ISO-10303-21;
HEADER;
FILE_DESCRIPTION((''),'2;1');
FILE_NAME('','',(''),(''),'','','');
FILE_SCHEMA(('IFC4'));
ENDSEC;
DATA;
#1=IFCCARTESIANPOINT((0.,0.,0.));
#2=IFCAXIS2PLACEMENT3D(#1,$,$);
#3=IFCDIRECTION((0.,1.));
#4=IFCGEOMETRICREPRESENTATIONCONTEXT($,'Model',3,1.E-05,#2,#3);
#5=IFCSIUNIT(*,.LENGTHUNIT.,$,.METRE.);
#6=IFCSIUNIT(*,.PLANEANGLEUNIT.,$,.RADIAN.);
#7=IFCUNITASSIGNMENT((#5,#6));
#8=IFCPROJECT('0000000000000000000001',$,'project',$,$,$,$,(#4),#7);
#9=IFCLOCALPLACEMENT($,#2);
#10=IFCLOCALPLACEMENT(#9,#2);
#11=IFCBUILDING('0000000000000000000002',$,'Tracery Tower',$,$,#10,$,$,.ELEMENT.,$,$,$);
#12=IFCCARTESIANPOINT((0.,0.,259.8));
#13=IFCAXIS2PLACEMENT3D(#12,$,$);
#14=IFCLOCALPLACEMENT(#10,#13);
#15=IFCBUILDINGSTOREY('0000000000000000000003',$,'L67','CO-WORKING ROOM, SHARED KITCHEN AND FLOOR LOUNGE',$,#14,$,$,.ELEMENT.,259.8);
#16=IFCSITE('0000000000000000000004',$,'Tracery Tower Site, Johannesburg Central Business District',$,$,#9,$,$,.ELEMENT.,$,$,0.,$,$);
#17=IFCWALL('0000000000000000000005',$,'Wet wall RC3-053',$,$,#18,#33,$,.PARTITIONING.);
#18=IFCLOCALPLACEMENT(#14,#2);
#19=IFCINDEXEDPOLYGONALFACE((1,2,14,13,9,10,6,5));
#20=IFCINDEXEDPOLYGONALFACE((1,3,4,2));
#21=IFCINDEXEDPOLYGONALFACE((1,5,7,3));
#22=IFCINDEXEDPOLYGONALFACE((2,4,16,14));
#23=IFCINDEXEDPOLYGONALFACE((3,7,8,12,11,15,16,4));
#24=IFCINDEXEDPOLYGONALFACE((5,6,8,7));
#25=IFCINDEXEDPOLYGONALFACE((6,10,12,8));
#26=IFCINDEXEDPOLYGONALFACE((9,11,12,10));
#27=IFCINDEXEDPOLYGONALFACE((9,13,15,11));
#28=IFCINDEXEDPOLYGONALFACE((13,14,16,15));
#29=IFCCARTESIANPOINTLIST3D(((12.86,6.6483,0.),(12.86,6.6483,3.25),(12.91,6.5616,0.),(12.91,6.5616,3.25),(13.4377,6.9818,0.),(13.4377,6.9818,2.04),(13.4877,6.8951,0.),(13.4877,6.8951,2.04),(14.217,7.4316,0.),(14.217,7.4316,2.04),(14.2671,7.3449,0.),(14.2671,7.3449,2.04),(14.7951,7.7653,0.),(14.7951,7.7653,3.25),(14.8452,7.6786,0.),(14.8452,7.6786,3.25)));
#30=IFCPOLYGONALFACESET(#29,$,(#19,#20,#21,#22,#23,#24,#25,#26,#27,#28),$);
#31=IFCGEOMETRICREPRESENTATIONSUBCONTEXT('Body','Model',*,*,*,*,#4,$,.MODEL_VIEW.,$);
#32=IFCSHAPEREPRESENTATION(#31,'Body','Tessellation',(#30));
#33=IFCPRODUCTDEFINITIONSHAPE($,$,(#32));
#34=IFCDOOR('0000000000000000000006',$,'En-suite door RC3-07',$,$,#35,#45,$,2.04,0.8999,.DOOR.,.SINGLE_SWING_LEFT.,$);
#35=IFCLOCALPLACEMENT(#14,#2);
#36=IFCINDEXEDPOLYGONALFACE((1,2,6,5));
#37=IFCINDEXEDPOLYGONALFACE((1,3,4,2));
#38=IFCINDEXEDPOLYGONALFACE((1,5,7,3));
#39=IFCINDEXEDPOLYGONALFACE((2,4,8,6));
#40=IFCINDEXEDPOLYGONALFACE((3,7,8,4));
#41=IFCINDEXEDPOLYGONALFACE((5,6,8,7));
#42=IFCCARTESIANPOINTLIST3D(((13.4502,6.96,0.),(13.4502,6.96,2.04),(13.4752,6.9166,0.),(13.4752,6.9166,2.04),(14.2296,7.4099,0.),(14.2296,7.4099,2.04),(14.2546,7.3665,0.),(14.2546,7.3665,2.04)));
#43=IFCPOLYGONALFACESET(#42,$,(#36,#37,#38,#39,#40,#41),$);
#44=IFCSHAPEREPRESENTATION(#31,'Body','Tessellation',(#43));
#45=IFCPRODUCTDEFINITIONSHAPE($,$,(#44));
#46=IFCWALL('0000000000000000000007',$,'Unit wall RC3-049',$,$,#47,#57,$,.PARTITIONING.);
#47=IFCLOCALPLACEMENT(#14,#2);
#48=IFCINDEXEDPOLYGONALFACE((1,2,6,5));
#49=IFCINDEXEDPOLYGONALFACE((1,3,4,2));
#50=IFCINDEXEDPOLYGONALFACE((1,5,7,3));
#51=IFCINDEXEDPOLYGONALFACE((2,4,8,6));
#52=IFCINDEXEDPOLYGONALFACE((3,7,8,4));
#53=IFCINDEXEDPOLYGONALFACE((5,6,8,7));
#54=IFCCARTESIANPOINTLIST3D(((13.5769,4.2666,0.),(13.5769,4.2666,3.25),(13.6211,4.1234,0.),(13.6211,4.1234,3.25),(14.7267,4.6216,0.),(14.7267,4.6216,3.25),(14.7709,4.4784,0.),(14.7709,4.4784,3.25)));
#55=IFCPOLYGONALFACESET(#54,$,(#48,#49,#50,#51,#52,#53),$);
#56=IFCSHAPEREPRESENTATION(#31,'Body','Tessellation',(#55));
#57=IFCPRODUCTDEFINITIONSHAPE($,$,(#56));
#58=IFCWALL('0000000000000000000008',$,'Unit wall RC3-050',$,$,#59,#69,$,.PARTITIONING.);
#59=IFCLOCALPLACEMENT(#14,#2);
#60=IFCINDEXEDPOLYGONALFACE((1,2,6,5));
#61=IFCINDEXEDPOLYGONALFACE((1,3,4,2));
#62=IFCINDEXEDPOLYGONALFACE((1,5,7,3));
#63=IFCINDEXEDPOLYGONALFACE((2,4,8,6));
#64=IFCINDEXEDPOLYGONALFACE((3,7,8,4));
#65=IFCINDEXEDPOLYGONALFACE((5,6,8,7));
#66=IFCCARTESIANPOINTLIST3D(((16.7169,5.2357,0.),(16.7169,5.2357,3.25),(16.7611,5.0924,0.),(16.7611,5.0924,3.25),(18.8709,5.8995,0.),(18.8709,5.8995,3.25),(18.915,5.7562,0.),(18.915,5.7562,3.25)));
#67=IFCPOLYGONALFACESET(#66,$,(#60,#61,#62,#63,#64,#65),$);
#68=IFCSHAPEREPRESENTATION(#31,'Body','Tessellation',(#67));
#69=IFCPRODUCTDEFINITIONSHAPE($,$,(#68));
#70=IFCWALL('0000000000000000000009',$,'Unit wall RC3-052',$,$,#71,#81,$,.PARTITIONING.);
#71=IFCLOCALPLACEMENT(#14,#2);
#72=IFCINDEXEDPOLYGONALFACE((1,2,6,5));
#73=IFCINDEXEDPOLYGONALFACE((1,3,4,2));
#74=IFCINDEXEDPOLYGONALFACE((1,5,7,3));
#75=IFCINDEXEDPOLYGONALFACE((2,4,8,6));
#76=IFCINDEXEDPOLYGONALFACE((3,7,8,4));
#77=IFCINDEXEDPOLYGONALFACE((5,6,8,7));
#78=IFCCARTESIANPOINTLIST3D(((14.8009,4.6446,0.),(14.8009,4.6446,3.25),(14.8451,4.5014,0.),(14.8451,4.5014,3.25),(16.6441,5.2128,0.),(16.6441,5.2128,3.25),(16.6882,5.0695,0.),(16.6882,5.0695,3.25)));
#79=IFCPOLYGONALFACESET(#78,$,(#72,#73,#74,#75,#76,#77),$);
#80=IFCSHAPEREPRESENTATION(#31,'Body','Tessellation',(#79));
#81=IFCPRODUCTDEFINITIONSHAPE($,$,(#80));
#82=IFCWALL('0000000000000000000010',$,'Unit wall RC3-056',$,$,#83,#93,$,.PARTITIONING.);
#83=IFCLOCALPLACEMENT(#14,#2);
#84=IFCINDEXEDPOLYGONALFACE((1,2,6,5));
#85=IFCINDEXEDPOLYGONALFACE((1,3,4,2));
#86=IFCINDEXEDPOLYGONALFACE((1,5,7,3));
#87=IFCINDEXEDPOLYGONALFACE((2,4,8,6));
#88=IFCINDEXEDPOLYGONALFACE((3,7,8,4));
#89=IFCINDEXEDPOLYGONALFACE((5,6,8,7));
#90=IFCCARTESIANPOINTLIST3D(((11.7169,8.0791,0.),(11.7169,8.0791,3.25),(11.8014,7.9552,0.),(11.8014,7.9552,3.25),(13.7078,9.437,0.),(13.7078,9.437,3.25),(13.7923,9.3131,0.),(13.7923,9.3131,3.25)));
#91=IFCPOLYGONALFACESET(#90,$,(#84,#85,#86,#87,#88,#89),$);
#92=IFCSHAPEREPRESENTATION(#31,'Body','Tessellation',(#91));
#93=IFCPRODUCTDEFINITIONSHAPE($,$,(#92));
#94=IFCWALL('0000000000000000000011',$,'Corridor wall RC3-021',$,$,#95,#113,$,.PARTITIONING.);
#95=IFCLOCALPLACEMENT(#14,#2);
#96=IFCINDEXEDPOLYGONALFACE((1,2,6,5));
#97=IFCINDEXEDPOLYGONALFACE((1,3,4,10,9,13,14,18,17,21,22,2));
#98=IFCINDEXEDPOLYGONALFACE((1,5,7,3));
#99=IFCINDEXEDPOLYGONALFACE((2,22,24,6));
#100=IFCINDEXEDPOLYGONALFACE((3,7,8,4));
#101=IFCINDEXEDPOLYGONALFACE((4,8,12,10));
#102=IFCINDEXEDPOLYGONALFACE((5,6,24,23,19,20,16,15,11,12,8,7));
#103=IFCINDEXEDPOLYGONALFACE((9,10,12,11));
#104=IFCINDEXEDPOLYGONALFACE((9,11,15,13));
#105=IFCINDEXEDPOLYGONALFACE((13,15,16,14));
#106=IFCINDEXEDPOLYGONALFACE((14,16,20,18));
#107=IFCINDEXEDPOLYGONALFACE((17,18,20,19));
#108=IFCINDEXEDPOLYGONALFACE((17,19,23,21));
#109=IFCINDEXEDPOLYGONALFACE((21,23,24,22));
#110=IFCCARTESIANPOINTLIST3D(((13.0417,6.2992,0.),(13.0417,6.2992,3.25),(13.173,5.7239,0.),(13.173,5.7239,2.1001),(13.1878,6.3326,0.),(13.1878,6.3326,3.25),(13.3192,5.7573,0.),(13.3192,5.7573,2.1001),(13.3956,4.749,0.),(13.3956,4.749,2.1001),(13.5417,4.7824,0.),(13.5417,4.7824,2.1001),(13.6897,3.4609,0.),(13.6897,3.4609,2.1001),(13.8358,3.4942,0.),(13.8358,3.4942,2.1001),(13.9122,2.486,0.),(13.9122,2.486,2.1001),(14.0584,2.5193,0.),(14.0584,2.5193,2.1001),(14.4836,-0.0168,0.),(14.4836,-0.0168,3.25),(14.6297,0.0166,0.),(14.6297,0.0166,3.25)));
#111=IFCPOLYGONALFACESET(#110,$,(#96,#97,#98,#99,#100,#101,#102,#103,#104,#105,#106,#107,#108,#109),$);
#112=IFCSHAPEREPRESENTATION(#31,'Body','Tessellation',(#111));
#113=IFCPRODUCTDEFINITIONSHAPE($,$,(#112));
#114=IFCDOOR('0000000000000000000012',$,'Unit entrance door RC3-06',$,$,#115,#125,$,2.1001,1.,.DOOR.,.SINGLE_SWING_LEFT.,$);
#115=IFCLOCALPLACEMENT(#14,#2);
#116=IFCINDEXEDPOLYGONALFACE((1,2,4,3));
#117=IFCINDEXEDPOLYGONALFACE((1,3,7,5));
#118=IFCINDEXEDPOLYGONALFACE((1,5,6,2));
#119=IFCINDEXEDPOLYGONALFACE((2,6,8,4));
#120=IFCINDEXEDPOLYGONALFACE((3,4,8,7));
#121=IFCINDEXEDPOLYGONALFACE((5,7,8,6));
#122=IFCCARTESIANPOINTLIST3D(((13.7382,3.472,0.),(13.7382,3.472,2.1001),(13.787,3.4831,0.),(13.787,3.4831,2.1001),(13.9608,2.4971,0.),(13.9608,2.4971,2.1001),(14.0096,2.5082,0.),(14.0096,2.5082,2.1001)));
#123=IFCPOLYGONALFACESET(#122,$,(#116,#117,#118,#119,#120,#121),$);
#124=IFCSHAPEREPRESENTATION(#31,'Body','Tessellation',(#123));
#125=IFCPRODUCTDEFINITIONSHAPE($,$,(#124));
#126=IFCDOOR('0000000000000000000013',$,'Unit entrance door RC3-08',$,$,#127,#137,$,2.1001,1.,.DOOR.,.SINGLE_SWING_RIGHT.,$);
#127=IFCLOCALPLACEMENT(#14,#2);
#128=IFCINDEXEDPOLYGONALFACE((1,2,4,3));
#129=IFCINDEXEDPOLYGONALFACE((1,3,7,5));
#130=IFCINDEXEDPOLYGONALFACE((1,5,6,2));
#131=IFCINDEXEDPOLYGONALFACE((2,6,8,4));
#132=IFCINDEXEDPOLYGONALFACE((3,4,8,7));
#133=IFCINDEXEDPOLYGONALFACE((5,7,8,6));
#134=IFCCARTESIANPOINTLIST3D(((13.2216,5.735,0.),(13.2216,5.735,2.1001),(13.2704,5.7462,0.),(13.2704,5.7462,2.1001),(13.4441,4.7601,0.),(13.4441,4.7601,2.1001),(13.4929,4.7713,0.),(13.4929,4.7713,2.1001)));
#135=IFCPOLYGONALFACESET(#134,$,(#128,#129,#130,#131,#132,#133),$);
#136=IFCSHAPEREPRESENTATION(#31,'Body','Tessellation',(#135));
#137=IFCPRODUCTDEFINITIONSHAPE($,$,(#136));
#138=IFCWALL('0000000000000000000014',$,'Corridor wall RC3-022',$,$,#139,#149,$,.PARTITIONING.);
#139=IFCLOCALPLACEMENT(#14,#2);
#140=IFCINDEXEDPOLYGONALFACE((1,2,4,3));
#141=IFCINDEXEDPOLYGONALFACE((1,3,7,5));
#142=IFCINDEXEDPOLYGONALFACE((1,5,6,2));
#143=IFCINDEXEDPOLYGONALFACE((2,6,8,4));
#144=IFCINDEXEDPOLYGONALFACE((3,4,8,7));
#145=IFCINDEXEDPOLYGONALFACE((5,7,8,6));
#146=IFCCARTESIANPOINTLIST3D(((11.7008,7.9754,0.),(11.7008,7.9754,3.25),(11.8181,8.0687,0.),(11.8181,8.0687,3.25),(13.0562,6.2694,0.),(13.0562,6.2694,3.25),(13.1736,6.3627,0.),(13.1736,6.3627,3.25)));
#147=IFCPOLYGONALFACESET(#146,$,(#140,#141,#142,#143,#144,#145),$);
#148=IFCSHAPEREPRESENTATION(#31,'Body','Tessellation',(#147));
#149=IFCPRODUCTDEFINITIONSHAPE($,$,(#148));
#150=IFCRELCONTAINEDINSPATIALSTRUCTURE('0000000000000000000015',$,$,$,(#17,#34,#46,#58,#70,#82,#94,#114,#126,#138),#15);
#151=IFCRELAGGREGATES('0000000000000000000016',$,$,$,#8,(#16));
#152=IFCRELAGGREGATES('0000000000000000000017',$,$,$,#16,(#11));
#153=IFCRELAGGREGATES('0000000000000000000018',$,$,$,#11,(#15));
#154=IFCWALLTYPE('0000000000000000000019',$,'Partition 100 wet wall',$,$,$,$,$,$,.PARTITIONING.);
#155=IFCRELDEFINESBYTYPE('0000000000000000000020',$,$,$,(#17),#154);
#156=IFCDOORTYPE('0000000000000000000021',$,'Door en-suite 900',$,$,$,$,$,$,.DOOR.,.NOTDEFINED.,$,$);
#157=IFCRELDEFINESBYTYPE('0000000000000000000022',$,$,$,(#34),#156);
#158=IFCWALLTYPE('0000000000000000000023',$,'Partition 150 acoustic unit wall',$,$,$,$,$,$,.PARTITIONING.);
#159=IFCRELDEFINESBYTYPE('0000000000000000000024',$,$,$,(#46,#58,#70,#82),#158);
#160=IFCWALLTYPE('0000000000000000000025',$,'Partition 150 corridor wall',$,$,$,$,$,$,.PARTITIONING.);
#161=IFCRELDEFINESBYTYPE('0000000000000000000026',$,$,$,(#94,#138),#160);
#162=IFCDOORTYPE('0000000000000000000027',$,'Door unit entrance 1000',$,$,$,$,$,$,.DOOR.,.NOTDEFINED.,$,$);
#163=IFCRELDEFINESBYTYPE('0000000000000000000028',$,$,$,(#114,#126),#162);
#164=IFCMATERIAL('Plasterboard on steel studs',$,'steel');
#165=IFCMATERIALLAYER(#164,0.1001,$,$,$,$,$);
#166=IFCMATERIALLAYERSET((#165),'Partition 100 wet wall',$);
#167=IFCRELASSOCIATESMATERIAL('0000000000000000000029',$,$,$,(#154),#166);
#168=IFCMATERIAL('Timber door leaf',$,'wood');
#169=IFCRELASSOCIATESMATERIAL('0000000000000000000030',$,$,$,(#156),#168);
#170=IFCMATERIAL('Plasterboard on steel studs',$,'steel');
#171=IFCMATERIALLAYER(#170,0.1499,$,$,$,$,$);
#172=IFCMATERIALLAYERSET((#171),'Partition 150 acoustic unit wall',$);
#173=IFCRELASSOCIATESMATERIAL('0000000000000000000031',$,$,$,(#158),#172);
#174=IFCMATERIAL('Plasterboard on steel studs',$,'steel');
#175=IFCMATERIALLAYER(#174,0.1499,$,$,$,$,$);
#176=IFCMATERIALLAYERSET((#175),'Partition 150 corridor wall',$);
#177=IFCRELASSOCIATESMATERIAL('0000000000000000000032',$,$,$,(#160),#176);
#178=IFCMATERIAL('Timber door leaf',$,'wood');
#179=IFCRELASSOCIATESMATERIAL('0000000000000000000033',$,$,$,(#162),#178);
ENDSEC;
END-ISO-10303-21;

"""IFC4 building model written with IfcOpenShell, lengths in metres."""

from ifc_helpers import new_model, si_unit, direction, frame, frame_2d, origin, place, context, subcontext, project, spatial, rectangle, extrude, material, layer, layer_set, type_object, element, fill, save


model = new_model("IFC4")

# Units and contexts
model_context = context("Model", 3, precision=1e-05, world=origin(), true_north=direction((0.0, 1.0)))
body_context = subcontext(model_context, "Body", "Model", "MODEL_VIEW")
ifc_project = project(units=[si_unit("LENGTHUNIT", "METRE"), si_unit("PLANEANGLEUNIT", "RADIAN")], contexts=[model_context])

# Site, building, storey
site_placement = place(None, origin())
site = spatial("IfcSite", under=ifc_project, at=site_placement, Name="Tracery Tower Site, Johannesburg Central Business District", CompositionType="ELEMENT", RefElevation=0.0)
building_placement = place(site_placement, origin())
building = spatial("IfcBuilding", under=site, at=building_placement, Name="Tracery Tower", CompositionType="ELEMENT")
storey_placement = place(building_placement, frame((0.0, 0.0, 259.8)))
storey = spatial("IfcBuildingStorey", under=building, at=storey_placement, Name="L67", Description="CO-WORKING ROOM, SHARED KITCHEN AND FLOOR LOUNGE", CompositionType="ELEMENT", Elevation=259.8)

# Shared definitions
ifc_material_1 = material(Name="Plasterboard on steel studs", Category="steel")
ifc_layer_1 = layer(ifc_material_1, 0.1001)
ifc_layer_set_1 = layer_set([ifc_layer_1], Name="Partition 100 wet wall")
wall_type_1 = type_object("IfcWallType", Name="Partition 100 wet wall", PredefinedType="PARTITIONING", material=ifc_layer_set_1)

# Wall, opening, door
ifc_material_2 = material(Name="Timber door leaf", Category="wood")
door_type_1 = type_object("IfcDoorType", Name="Door en-suite 900", OperationType="NOTDEFINED", PredefinedType="DOOR", material=ifc_material_2)
wall_1_placement = place(storey_placement, frame((12.885, 6.605, 0.0), z_axis=(0.0, 0.0, 1.0), x_axis=(0.866076, 0.499912, 0.0)))
wall_1 = element("IfcWall", 1, at=wall_1_placement, inside=storey, type_object=wall_type_1, Name="Wet wall RC3-053", PredefinedType="PARTITIONING", context=body_context, shape_type="SweptSolid", body=[
    extrude(rectangle(XDim=2.2344, YDim=0.1001, at=frame_2d((1.1172, 0.0))), origin(), (0.0, 0.0, 1.0), 3.25),
])
opening_1_placement = place(wall_1_placement, frame((0.667, 0.0, 0.0)))
opening_1 = element("IfcOpeningElement", 2, at=opening_1_placement, cuts=wall_1, PredefinedType="OPENING", context=body_context, shape_type="SweptSolid", body=[
    extrude(rectangle(XDim=0.8999, YDim=2.04, at=frame_2d((0.45, 1.02))), frame((0.0, 0.05, 0.0), z_axis=(0.0, -1.0, 0.0), x_axis=(1.0, 0.0, 0.0)), (0.0, 0.0, 1.0), 0.1001),
])
door_1_placement = place(opening_1_placement, origin())
door_1 = element("IfcDoor", 3, at=door_1_placement, inside=storey, type_object=door_type_1, Name="En-suite door RC3-07", OperationType="SINGLE_SWING_LEFT", OverallHeight=2.04, OverallWidth=0.8999, PredefinedType="DOOR", context=body_context, shape_type="SweptSolid", body=[
    extrude(rectangle(XDim=0.8999, YDim=2.04, at=frame_2d((0.45, 1.02))), frame((0.0, 0.0249, 0.0), z_axis=(0.0, -1.0, 0.0), x_axis=(1.0, 0.0, 0.0)), (0.0, 0.0, 1.0), 0.05),
])
fill(opening_1, door_1)

# Walls
ifc_material_3 = material(Name="Plasterboard on steel studs", Category="steel")
ifc_layer_2 = layer(ifc_material_3, 0.1499)
ifc_layer_set_2 = layer_set([ifc_layer_2], Name="Partition 150 acoustic unit wall")
wall_type_2 = type_object("IfcWallType", Name="Partition 150 acoustic unit wall", PredefinedType="PARTITIONING", material=ifc_layer_set_2)
wall_2_placement = place(storey_placement, frame((13.5991, 4.1951, 0.0), z_axis=(0.0, 0.0, 1.0), x_axis=(0.955507, 0.29497, 0.0)))
element("IfcWall", 4, at=wall_2_placement, inside=storey, type_object=wall_type_2, Name="Unit wall RC3-049", PredefinedType="PARTITIONING", context=body_context, shape_type="SweptSolid", body=[
    extrude(rectangle(XDim=1.2034, YDim=0.1499, at=frame_2d((0.6016, 0.0))), origin(), (0.0, 0.0, 1.0), 3.25),
])
wall_3_placement = place(storey_placement, frame((16.739, 5.1641, 0.0), z_axis=(0.0, 0.0, 1.0), x_axis=(0.95565, 0.294504, 0.0)))
element("IfcWall", 5, at=wall_3_placement, inside=storey, type_object=wall_type_2, Name="Unit wall RC3-050", PredefinedType="PARTITIONING", context=body_context, shape_type="SweptSolid", body=[
    extrude(rectangle(XDim=2.2539, YDim=0.1499, at=frame_2d((1.127, 0.0))), origin(), (0.0, 0.0, 1.0), 3.25),
])
wall_4_placement = place(storey_placement, frame((14.823, 4.573, 0.0), z_axis=(0.0, 0.0, 1.0), x_axis=(0.955628, 0.294575, 0.0)))
element("IfcWall", 6, at=wall_4_placement, inside=storey, type_object=wall_type_2, Name="Unit wall RC3-052", PredefinedType="PARTITIONING", context=body_context, shape_type="SweptSolid", body=[
    extrude(rectangle(XDim=1.9287, YDim=0.1499, at=frame_2d((0.9644, 0.0))), origin(), (0.0, 0.0, 1.0), 3.25),
])
wall_5_placement = place(storey_placement, frame((11.759, 8.0171, 0.0), z_axis=(0.0, 0.0, 1.0), x_axis=(0.826144, 0.563459, 0.0)))
element("IfcWall", 7, at=wall_5_placement, inside=storey, type_object=wall_type_2, Name="Unit wall RC3-056", PredefinedType="PARTITIONING", context=body_context, shape_type="SweptSolid", body=[
    extrude(rectangle(XDim=2.4099, YDim=0.1499, at=frame_2d((1.2051, 0.0))), origin(), (0.0, 0.0, 1.0), 3.25),
])

# Wall, openings, doors
ifc_material_4 = material(Name="Plasterboard on steel studs", Category="steel")
ifc_layer_3 = layer(ifc_material_4, 0.1499)
ifc_layer_set_3 = layer_set([ifc_layer_3], Name="Partition 150 corridor wall")
wall_type_3 = type_object("IfcWallType", Name="Partition 150 corridor wall", PredefinedType="PARTITIONING", material=ifc_layer_set_3)
wall_6_placement = place(storey_placement, frame((13.1147, 6.3159, 0.0), z_axis=(0.0, 0.0, 1.0), x_axis=(0.222569, -0.974917, 0.0)))
wall_6 = element("IfcWall", 8, at=wall_6_placement, inside=storey, type_object=wall_type_3, Name="Corridor wall RC3-021", PredefinedType="PARTITIONING", context=body_context, shape_type="SweptSolid", body=[
    extrude(rectangle(XDim=6.4785, YDim=0.1499, at=frame_2d((3.2393, 0.0))), origin(), (0.0, 0.0, 1.0), 3.25),
])
opening_2_placement = place(wall_6_placement, frame((2.9114, 0.0, 0.0)))
opening_2 = element("IfcOpeningElement", 9, at=opening_2_placement, cuts=wall_6, PredefinedType="OPENING", context=body_context, shape_type="SweptSolid", body=[
    extrude(rectangle(XDim=1.0, YDim=2.1001, at=frame_2d((0.5, 1.05))), frame((0.0, 0.075, 0.0), z_axis=(0.0, -1.0, 0.0), x_axis=(1.0, 0.0, 0.0)), (0.0, 0.0, 1.0), 0.1499),
])
opening_3_placement = place(wall_6_placement, frame((0.5901, 0.0, 0.0)))
opening_3 = element("IfcOpeningElement", 10, at=opening_3_placement, cuts=wall_6, PredefinedType="OPENING", context=body_context, shape_type="SweptSolid", body=[
    extrude(rectangle(XDim=1.0, YDim=2.1001, at=frame_2d((0.5, 1.05))), frame((0.0, 0.075, 0.0), z_axis=(0.0, -1.0, 0.0), x_axis=(1.0, 0.0, 0.0)), (0.0, 0.0, 1.0), 0.1499),
])
ifc_material_5 = material(Name="Timber door leaf", Category="wood")
door_type_2 = type_object("IfcDoorType", Name="Door unit entrance 1000", OperationType="NOTDEFINED", PredefinedType="DOOR", material=ifc_material_5)
door_2_placement = place(opening_2_placement, origin())
door_2 = element("IfcDoor", 11, at=door_2_placement, inside=storey, type_object=door_type_2, Name="Unit entrance door RC3-06", OperationType="SINGLE_SWING_LEFT", OverallHeight=2.1001, OverallWidth=1.0, PredefinedType="DOOR", context=body_context, shape_type="SweptSolid", body=[
    extrude(rectangle(XDim=1.0, YDim=2.1001, at=frame_2d((0.5, 1.05))), frame((0.0, 0.0249, 0.0), z_axis=(0.0, -1.0, 0.0), x_axis=(1.0, 0.0, 0.0)), (0.0, 0.0, 1.0), 0.05),
])
fill(opening_2, door_2)
door_3_placement = place(opening_3_placement, origin())
door_3 = element("IfcDoor", 12, at=door_3_placement, inside=storey, type_object=door_type_2, Name="Unit entrance door RC3-08", OperationType="SINGLE_SWING_RIGHT", OverallHeight=2.1001, OverallWidth=1.0, PredefinedType="DOOR", context=body_context, shape_type="SweptSolid", body=[
    extrude(rectangle(XDim=1.0, YDim=2.1001, at=frame_2d((0.5, 1.05))), frame((0.0, 0.0249, 0.0), z_axis=(0.0, -1.0, 0.0), x_axis=(1.0, 0.0, 0.0)), (0.0, 0.0, 1.0), 0.05),
])
fill(opening_3, door_3)

# Wall
wall_7_placement = place(storey_placement, frame((11.7595, 8.022, 0.0), z_axis=(0.0, 0.0, 1.0), x_axis=(0.622068, -0.782963, 0.0)))
element("IfcWall", 13, at=wall_7_placement, inside=storey, type_object=wall_type_3, Name="Corridor wall RC3-022", PredefinedType="PARTITIONING", context=body_context, shape_type="SweptSolid", body=[
    extrude(rectangle(XDim=2.179, YDim=0.1499, at=frame_2d((1.0894, 0.0))), origin(), (0.0, 0.0, 1.0), 3.25),
])

save(model, "model.ifc")
